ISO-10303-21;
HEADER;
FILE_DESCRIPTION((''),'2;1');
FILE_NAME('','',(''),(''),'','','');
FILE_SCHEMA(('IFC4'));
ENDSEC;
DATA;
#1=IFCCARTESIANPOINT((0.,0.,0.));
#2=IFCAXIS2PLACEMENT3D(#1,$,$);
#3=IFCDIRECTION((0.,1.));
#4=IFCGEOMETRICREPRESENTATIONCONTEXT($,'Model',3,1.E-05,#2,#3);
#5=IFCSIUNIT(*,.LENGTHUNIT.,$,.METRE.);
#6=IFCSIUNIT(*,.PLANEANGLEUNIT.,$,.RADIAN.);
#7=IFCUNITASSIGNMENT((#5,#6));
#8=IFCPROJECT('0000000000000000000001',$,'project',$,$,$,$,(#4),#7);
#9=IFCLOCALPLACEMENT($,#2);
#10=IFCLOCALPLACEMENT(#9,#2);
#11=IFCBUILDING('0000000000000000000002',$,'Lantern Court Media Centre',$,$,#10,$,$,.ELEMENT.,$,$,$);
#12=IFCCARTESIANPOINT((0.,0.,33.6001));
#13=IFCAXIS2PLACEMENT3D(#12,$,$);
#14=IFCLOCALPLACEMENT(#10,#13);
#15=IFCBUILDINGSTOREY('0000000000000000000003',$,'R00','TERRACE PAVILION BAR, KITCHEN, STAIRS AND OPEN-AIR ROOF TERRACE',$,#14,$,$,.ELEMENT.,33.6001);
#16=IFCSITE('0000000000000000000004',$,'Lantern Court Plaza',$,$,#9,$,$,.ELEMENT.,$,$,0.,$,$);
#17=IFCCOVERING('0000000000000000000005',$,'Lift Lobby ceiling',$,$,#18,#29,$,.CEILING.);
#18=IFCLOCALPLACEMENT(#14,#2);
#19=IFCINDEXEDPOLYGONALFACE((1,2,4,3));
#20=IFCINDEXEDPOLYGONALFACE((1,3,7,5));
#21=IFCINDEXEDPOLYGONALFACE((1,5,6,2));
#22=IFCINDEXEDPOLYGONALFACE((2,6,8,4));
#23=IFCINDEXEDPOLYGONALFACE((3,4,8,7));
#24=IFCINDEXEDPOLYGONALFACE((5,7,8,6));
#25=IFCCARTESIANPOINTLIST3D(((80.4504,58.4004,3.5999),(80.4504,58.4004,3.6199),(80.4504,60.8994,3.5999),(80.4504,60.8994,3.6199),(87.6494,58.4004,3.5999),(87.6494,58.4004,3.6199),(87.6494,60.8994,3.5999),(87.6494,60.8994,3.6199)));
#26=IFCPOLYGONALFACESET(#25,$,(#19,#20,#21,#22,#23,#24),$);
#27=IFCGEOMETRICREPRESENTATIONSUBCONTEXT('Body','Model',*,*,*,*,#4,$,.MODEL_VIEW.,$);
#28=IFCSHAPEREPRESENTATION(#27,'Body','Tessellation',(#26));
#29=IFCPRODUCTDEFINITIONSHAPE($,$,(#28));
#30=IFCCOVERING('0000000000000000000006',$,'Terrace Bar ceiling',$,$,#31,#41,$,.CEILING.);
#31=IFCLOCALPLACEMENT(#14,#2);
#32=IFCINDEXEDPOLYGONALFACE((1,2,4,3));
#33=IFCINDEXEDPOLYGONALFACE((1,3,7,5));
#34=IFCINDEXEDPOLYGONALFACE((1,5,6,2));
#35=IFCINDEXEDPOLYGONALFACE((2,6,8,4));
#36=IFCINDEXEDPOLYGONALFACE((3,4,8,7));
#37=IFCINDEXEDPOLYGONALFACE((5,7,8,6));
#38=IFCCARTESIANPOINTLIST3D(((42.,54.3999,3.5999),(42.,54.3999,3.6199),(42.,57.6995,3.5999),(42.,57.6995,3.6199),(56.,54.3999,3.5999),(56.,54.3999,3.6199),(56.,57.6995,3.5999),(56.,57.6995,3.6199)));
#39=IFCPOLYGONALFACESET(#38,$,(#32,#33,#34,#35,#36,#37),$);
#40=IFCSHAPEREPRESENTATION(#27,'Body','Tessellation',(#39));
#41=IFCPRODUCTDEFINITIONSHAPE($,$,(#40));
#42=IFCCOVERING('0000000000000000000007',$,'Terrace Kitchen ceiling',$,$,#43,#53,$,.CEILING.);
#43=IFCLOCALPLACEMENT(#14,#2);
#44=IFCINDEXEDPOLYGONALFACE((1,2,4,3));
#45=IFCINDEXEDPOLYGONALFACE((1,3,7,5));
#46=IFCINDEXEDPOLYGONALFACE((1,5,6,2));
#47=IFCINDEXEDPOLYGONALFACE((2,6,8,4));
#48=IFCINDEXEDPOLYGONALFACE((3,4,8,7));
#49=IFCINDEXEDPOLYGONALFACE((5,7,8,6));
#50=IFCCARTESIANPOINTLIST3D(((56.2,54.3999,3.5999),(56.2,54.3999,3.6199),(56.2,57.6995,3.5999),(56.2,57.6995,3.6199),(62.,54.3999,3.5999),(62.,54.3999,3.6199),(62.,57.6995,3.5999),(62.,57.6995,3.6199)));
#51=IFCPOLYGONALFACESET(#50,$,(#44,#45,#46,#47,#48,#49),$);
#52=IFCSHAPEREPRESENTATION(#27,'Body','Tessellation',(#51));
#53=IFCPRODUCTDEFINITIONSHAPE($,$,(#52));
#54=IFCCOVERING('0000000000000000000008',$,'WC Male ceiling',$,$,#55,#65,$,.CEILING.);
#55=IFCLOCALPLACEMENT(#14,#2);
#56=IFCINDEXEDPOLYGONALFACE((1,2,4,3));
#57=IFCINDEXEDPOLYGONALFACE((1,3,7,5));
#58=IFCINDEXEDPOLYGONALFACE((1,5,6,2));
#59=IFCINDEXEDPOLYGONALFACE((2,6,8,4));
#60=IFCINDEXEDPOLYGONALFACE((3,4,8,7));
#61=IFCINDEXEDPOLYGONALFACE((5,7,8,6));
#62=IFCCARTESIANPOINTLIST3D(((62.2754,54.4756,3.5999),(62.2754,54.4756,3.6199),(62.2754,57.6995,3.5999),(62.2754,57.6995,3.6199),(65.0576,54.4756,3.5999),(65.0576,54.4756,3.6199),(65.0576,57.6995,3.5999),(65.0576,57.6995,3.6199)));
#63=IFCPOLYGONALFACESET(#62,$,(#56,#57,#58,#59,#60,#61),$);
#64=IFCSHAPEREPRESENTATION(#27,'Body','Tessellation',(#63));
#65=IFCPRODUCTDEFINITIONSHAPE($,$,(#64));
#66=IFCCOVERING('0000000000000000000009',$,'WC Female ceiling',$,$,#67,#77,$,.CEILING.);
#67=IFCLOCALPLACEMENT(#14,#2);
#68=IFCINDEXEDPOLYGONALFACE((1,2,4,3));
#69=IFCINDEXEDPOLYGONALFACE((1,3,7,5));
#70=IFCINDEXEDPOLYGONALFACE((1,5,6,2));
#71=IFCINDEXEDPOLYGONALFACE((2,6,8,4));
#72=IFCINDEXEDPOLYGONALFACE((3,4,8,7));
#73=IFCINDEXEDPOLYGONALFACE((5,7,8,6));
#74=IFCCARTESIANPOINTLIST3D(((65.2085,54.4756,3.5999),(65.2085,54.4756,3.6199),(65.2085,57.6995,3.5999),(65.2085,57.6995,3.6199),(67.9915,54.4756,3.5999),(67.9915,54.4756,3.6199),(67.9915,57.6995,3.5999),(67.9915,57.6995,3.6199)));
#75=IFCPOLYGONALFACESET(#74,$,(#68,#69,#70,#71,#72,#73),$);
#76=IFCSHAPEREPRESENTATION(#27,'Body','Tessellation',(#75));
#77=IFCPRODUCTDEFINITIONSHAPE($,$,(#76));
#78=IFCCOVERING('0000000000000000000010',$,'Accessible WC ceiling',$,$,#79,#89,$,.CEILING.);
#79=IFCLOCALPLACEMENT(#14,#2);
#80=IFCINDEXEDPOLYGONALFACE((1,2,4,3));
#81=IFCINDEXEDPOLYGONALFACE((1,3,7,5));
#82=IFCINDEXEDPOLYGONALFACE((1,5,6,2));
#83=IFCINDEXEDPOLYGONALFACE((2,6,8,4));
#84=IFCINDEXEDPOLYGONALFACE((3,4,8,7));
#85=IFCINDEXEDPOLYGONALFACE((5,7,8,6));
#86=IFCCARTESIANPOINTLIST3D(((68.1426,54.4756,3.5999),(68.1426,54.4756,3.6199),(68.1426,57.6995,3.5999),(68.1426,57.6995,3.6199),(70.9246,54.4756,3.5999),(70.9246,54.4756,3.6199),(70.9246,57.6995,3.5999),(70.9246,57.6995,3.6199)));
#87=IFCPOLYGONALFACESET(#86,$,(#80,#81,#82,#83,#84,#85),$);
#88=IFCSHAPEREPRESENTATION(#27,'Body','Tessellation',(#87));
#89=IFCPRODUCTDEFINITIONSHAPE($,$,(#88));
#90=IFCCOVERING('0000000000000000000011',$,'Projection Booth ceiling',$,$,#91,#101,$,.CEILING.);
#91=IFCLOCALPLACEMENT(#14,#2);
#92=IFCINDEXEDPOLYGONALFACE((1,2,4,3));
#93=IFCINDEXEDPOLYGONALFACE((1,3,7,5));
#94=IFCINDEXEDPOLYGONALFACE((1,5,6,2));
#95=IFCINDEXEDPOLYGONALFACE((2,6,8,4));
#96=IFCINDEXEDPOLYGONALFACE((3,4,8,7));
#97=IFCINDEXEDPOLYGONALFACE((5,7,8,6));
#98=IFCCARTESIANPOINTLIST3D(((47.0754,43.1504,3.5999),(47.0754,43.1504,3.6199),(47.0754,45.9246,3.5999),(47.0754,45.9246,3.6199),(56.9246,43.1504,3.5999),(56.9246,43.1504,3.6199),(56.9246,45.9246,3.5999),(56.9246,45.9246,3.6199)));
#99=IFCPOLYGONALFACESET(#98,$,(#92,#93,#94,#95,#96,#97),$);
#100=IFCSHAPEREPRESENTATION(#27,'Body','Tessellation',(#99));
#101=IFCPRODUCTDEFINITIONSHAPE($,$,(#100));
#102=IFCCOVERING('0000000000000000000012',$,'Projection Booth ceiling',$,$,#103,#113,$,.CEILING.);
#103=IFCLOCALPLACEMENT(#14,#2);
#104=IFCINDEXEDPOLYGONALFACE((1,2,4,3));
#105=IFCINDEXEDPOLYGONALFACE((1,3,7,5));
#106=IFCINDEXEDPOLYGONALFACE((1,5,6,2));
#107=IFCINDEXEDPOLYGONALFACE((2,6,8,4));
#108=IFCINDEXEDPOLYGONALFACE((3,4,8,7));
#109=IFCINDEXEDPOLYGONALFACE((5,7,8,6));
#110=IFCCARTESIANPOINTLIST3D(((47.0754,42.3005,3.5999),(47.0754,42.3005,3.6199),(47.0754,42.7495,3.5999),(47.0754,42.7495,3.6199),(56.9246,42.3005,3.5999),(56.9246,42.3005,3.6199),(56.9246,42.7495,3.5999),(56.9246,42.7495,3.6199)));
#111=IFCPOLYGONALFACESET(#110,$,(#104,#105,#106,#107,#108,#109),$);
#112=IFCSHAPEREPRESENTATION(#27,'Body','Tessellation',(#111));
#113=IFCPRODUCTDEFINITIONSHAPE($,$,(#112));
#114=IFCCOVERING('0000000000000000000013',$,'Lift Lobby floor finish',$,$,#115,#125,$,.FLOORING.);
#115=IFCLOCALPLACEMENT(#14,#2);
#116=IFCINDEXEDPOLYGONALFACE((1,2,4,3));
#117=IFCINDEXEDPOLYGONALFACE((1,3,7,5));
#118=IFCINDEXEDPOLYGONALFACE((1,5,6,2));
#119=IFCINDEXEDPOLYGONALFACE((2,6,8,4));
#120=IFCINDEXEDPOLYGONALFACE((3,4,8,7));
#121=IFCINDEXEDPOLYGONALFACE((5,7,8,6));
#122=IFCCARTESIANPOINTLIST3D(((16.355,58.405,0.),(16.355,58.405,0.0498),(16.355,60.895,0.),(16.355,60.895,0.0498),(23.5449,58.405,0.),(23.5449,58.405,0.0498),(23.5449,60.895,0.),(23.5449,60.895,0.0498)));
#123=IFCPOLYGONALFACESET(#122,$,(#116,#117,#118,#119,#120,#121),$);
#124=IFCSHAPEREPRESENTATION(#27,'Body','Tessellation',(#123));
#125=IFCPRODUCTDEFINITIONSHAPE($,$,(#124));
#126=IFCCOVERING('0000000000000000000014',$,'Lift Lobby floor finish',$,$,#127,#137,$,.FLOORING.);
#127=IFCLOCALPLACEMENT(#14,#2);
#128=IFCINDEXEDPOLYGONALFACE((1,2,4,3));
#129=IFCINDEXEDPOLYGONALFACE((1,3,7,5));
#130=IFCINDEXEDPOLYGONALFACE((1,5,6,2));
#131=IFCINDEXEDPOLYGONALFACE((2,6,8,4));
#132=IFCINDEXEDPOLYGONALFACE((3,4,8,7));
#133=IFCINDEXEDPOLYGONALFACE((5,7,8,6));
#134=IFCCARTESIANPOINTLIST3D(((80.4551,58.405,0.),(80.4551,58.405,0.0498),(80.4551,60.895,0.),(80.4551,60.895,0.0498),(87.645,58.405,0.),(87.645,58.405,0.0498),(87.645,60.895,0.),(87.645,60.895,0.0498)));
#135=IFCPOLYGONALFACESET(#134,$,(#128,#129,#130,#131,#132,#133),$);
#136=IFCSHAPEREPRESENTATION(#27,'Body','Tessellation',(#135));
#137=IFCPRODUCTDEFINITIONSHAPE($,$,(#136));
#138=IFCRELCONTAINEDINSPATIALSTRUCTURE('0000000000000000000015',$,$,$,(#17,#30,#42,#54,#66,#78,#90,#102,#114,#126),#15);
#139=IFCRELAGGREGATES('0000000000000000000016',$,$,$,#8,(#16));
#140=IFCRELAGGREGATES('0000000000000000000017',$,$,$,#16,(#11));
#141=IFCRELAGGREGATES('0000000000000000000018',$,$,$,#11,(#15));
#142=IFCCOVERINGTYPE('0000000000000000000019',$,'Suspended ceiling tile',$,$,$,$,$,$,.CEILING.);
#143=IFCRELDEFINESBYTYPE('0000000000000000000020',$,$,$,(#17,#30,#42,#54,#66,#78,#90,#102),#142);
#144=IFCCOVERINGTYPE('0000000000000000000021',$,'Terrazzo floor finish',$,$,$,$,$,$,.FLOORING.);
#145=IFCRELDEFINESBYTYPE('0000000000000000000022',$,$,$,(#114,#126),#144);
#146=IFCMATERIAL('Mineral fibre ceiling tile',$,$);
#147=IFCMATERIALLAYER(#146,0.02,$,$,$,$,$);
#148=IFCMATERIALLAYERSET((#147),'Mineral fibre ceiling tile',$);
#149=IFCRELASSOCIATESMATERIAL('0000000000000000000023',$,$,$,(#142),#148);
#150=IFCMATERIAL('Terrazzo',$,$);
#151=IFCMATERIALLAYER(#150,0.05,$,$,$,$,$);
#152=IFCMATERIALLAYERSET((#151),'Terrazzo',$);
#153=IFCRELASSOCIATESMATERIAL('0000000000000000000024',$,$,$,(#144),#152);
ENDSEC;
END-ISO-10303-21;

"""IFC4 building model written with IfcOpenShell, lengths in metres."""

from ifc_helpers import new_model, si_unit, direction, frame, origin, place, context, subcontext, project, spatial, polyline, outline, extrude, material, layer, layer_set, type_object, element, save


model = new_model("IFC4")

# Units and contexts
model_context = context("Model", 3, precision=1e-05, world=origin(), true_north=direction((0.0, 1.0)))
body_context = subcontext(model_context, "Body", "Model", "MODEL_VIEW")
ifc_project = project(units=[si_unit("LENGTHUNIT", "METRE"), si_unit("PLANEANGLEUNIT", "RADIAN")], contexts=[model_context])

# Site, building, storey
site_placement = place(None, origin())
site = spatial("IfcSite", under=ifc_project, at=site_placement, Name="Lantern Court Plaza", CompositionType="ELEMENT", RefElevation=0.0)
building_placement = place(site_placement, origin())
building = spatial("IfcBuilding", under=site, at=building_placement, Name="Lantern Court Media Centre", CompositionType="ELEMENT")
storey_placement = place(building_placement, frame((0.0, 0.0, 33.6001)))
storey = spatial("IfcBuildingStorey", under=building, at=storey_placement, Name="R00", Description="TERRACE PAVILION BAR, KITCHEN, STAIRS AND OPEN-AIR ROOF TERRACE", CompositionType="ELEMENT", Elevation=33.6001)

# Coverings
ifc_material_1 = material(Name="Mineral fibre ceiling tile")
ifc_layer_1 = layer(ifc_material_1, 0.02)
ifc_layer_set_1 = layer_set([ifc_layer_1], Name="Mineral fibre ceiling tile")
covering_type_1 = type_object("IfcCoveringType", Name="Suspended ceiling tile", PredefinedType="CEILING", material=ifc_layer_set_1)
covering_1_placement = place(storey_placement, frame((0.0, 0.0, 3.5999)))
element("IfcCovering", 1, at=covering_1_placement, inside=storey, type_object=covering_type_1, Name="Lift Lobby ceiling", PredefinedType="CEILING", context=body_context, shape_type="SweptSolid", body=[
    extrude(outline(polyline([(87.6494, 58.4004), (80.4504, 58.4004), (80.4504, 60.8994), (87.6494, 60.8994), (87.6494, 58.4004)])), origin(), (0.0, 0.0, 1.0), 0.02),
])
covering_2_placement = place(storey_placement, frame((0.0, 0.0, 3.5999)))
element("IfcCovering", 2, at=covering_2_placement, inside=storey, type_object=covering_type_1, Name="Terrace Bar ceiling", PredefinedType="CEILING", context=body_context, shape_type="SweptSolid", body=[
    extrude(outline(polyline([(56.0, 54.3999), (42.0, 54.3999), (42.0, 57.6995), (56.0, 57.6995), (56.0, 54.3999)])), origin(), (0.0, 0.0, 1.0), 0.02),
])
covering_3_placement = place(storey_placement, frame((0.0, 0.0, 3.5999)))
element("IfcCovering", 3, at=covering_3_placement, inside=storey, type_object=covering_type_1, Name="Terrace Kitchen ceiling", PredefinedType="CEILING", context=body_context, shape_type="SweptSolid", body=[
    extrude(outline(polyline([(62.0, 54.3999), (56.2, 54.3999), (56.2, 57.6995), (62.0, 57.6995), (62.0, 54.3999)])), origin(), (0.0, 0.0, 1.0), 0.02),
])
covering_4_placement = place(storey_placement, frame((0.0, 0.0, 3.5999)))
element("IfcCovering", 4, at=covering_4_placement, inside=storey, type_object=covering_type_1, Name="WC Male ceiling", PredefinedType="CEILING", context=body_context, shape_type="SweptSolid", body=[
    extrude(outline(polyline([(65.0576, 57.6995), (65.0576, 54.4756), (62.2754, 54.4756), (62.2754, 57.6995), (65.0576, 57.6995)])), origin(), (0.0, 0.0, 1.0), 0.02),
])
covering_5_placement = place(storey_placement, frame((0.0, 0.0, 3.5999)))
element("IfcCovering", 5, at=covering_5_placement, inside=storey, type_object=covering_type_1, Name="WC Female ceiling", PredefinedType="CEILING", context=body_context, shape_type="SweptSolid", body=[
    extrude(outline(polyline([(67.9915, 57.6995), (67.9915, 54.4756), (65.2085, 54.4756), (65.2085, 57.6995), (67.9915, 57.6995)])), origin(), (0.0, 0.0, 1.0), 0.02),
])
covering_6_placement = place(storey_placement, frame((0.0, 0.0, 3.5999)))
element("IfcCovering", 6, at=covering_6_placement, inside=storey, type_object=covering_type_1, Name="Accessible WC ceiling", PredefinedType="CEILING", context=body_context, shape_type="SweptSolid", body=[
    extrude(outline(polyline([(68.1426, 57.6995), (70.9246, 57.6995), (70.9246, 54.4756), (68.1426, 54.4756), (68.1426, 57.6995)])), origin(), (0.0, 0.0, 1.0), 0.02),
])
covering_7_placement = place(storey_placement, frame((0.0, 0.0, 3.5999)))
element("IfcCovering", 7, at=covering_7_placement, inside=storey, type_object=covering_type_1, Name="Projection Booth ceiling", PredefinedType="CEILING", context=body_context, shape_type="SweptSolid", body=[
    extrude(outline(polyline([(47.0754, 45.9246), (56.9246, 45.9246), (56.9246, 43.1504), (47.0754, 43.1504), (47.0754, 45.9246)])), origin(), (0.0, 0.0, 1.0), 0.02),
])
covering_8_placement = place(storey_placement, frame((0.0, 0.0, 3.5999)))
element("IfcCovering", 8, at=covering_8_placement, inside=storey, type_object=covering_type_1, Name="Projection Booth ceiling", PredefinedType="CEILING", context=body_context, shape_type="SweptSolid", body=[
    extrude(outline(polyline([(56.9246, 42.7495), (56.9246, 42.3005), (47.0754, 42.3005), (47.0754, 42.7495), (56.9246, 42.7495)])), origin(), (0.0, 0.0, 1.0), 0.02),
])
ifc_material_2 = material(Name="Terrazzo")
ifc_layer_2 = layer(ifc_material_2, 0.05)
ifc_layer_set_2 = layer_set([ifc_layer_2], Name="Terrazzo")
covering_type_2 = type_object("IfcCoveringType", Name="Terrazzo floor finish", PredefinedType="FLOORING", material=ifc_layer_set_2)
covering_9_placement = place(storey_placement, origin())
element("IfcCovering", 9, at=covering_9_placement, inside=storey, type_object=covering_type_2, Name="Lift Lobby floor finish", PredefinedType="FLOORING", context=body_context, shape_type="SweptSolid", body=[
    extrude(outline(polyline([(16.355, 58.405), (16.355, 60.895), (23.5449, 60.895), (23.5449, 58.405), (16.355, 58.405)])), origin(), (0.0, 0.0, 1.0), 0.0498),
])
covering_10_placement = place(storey_placement, origin())
element("IfcCovering", 10, at=covering_10_placement, inside=storey, type_object=covering_type_2, Name="Lift Lobby floor finish", PredefinedType="FLOORING", context=body_context, shape_type="SweptSolid", body=[
    extrude(outline(polyline([(87.645, 60.895), (87.645, 58.405), (80.4551, 58.405), (80.4551, 60.895), (87.645, 60.895)])), origin(), (0.0, 0.0, 1.0), 0.0498),
])

save(model, "model.ifc")
